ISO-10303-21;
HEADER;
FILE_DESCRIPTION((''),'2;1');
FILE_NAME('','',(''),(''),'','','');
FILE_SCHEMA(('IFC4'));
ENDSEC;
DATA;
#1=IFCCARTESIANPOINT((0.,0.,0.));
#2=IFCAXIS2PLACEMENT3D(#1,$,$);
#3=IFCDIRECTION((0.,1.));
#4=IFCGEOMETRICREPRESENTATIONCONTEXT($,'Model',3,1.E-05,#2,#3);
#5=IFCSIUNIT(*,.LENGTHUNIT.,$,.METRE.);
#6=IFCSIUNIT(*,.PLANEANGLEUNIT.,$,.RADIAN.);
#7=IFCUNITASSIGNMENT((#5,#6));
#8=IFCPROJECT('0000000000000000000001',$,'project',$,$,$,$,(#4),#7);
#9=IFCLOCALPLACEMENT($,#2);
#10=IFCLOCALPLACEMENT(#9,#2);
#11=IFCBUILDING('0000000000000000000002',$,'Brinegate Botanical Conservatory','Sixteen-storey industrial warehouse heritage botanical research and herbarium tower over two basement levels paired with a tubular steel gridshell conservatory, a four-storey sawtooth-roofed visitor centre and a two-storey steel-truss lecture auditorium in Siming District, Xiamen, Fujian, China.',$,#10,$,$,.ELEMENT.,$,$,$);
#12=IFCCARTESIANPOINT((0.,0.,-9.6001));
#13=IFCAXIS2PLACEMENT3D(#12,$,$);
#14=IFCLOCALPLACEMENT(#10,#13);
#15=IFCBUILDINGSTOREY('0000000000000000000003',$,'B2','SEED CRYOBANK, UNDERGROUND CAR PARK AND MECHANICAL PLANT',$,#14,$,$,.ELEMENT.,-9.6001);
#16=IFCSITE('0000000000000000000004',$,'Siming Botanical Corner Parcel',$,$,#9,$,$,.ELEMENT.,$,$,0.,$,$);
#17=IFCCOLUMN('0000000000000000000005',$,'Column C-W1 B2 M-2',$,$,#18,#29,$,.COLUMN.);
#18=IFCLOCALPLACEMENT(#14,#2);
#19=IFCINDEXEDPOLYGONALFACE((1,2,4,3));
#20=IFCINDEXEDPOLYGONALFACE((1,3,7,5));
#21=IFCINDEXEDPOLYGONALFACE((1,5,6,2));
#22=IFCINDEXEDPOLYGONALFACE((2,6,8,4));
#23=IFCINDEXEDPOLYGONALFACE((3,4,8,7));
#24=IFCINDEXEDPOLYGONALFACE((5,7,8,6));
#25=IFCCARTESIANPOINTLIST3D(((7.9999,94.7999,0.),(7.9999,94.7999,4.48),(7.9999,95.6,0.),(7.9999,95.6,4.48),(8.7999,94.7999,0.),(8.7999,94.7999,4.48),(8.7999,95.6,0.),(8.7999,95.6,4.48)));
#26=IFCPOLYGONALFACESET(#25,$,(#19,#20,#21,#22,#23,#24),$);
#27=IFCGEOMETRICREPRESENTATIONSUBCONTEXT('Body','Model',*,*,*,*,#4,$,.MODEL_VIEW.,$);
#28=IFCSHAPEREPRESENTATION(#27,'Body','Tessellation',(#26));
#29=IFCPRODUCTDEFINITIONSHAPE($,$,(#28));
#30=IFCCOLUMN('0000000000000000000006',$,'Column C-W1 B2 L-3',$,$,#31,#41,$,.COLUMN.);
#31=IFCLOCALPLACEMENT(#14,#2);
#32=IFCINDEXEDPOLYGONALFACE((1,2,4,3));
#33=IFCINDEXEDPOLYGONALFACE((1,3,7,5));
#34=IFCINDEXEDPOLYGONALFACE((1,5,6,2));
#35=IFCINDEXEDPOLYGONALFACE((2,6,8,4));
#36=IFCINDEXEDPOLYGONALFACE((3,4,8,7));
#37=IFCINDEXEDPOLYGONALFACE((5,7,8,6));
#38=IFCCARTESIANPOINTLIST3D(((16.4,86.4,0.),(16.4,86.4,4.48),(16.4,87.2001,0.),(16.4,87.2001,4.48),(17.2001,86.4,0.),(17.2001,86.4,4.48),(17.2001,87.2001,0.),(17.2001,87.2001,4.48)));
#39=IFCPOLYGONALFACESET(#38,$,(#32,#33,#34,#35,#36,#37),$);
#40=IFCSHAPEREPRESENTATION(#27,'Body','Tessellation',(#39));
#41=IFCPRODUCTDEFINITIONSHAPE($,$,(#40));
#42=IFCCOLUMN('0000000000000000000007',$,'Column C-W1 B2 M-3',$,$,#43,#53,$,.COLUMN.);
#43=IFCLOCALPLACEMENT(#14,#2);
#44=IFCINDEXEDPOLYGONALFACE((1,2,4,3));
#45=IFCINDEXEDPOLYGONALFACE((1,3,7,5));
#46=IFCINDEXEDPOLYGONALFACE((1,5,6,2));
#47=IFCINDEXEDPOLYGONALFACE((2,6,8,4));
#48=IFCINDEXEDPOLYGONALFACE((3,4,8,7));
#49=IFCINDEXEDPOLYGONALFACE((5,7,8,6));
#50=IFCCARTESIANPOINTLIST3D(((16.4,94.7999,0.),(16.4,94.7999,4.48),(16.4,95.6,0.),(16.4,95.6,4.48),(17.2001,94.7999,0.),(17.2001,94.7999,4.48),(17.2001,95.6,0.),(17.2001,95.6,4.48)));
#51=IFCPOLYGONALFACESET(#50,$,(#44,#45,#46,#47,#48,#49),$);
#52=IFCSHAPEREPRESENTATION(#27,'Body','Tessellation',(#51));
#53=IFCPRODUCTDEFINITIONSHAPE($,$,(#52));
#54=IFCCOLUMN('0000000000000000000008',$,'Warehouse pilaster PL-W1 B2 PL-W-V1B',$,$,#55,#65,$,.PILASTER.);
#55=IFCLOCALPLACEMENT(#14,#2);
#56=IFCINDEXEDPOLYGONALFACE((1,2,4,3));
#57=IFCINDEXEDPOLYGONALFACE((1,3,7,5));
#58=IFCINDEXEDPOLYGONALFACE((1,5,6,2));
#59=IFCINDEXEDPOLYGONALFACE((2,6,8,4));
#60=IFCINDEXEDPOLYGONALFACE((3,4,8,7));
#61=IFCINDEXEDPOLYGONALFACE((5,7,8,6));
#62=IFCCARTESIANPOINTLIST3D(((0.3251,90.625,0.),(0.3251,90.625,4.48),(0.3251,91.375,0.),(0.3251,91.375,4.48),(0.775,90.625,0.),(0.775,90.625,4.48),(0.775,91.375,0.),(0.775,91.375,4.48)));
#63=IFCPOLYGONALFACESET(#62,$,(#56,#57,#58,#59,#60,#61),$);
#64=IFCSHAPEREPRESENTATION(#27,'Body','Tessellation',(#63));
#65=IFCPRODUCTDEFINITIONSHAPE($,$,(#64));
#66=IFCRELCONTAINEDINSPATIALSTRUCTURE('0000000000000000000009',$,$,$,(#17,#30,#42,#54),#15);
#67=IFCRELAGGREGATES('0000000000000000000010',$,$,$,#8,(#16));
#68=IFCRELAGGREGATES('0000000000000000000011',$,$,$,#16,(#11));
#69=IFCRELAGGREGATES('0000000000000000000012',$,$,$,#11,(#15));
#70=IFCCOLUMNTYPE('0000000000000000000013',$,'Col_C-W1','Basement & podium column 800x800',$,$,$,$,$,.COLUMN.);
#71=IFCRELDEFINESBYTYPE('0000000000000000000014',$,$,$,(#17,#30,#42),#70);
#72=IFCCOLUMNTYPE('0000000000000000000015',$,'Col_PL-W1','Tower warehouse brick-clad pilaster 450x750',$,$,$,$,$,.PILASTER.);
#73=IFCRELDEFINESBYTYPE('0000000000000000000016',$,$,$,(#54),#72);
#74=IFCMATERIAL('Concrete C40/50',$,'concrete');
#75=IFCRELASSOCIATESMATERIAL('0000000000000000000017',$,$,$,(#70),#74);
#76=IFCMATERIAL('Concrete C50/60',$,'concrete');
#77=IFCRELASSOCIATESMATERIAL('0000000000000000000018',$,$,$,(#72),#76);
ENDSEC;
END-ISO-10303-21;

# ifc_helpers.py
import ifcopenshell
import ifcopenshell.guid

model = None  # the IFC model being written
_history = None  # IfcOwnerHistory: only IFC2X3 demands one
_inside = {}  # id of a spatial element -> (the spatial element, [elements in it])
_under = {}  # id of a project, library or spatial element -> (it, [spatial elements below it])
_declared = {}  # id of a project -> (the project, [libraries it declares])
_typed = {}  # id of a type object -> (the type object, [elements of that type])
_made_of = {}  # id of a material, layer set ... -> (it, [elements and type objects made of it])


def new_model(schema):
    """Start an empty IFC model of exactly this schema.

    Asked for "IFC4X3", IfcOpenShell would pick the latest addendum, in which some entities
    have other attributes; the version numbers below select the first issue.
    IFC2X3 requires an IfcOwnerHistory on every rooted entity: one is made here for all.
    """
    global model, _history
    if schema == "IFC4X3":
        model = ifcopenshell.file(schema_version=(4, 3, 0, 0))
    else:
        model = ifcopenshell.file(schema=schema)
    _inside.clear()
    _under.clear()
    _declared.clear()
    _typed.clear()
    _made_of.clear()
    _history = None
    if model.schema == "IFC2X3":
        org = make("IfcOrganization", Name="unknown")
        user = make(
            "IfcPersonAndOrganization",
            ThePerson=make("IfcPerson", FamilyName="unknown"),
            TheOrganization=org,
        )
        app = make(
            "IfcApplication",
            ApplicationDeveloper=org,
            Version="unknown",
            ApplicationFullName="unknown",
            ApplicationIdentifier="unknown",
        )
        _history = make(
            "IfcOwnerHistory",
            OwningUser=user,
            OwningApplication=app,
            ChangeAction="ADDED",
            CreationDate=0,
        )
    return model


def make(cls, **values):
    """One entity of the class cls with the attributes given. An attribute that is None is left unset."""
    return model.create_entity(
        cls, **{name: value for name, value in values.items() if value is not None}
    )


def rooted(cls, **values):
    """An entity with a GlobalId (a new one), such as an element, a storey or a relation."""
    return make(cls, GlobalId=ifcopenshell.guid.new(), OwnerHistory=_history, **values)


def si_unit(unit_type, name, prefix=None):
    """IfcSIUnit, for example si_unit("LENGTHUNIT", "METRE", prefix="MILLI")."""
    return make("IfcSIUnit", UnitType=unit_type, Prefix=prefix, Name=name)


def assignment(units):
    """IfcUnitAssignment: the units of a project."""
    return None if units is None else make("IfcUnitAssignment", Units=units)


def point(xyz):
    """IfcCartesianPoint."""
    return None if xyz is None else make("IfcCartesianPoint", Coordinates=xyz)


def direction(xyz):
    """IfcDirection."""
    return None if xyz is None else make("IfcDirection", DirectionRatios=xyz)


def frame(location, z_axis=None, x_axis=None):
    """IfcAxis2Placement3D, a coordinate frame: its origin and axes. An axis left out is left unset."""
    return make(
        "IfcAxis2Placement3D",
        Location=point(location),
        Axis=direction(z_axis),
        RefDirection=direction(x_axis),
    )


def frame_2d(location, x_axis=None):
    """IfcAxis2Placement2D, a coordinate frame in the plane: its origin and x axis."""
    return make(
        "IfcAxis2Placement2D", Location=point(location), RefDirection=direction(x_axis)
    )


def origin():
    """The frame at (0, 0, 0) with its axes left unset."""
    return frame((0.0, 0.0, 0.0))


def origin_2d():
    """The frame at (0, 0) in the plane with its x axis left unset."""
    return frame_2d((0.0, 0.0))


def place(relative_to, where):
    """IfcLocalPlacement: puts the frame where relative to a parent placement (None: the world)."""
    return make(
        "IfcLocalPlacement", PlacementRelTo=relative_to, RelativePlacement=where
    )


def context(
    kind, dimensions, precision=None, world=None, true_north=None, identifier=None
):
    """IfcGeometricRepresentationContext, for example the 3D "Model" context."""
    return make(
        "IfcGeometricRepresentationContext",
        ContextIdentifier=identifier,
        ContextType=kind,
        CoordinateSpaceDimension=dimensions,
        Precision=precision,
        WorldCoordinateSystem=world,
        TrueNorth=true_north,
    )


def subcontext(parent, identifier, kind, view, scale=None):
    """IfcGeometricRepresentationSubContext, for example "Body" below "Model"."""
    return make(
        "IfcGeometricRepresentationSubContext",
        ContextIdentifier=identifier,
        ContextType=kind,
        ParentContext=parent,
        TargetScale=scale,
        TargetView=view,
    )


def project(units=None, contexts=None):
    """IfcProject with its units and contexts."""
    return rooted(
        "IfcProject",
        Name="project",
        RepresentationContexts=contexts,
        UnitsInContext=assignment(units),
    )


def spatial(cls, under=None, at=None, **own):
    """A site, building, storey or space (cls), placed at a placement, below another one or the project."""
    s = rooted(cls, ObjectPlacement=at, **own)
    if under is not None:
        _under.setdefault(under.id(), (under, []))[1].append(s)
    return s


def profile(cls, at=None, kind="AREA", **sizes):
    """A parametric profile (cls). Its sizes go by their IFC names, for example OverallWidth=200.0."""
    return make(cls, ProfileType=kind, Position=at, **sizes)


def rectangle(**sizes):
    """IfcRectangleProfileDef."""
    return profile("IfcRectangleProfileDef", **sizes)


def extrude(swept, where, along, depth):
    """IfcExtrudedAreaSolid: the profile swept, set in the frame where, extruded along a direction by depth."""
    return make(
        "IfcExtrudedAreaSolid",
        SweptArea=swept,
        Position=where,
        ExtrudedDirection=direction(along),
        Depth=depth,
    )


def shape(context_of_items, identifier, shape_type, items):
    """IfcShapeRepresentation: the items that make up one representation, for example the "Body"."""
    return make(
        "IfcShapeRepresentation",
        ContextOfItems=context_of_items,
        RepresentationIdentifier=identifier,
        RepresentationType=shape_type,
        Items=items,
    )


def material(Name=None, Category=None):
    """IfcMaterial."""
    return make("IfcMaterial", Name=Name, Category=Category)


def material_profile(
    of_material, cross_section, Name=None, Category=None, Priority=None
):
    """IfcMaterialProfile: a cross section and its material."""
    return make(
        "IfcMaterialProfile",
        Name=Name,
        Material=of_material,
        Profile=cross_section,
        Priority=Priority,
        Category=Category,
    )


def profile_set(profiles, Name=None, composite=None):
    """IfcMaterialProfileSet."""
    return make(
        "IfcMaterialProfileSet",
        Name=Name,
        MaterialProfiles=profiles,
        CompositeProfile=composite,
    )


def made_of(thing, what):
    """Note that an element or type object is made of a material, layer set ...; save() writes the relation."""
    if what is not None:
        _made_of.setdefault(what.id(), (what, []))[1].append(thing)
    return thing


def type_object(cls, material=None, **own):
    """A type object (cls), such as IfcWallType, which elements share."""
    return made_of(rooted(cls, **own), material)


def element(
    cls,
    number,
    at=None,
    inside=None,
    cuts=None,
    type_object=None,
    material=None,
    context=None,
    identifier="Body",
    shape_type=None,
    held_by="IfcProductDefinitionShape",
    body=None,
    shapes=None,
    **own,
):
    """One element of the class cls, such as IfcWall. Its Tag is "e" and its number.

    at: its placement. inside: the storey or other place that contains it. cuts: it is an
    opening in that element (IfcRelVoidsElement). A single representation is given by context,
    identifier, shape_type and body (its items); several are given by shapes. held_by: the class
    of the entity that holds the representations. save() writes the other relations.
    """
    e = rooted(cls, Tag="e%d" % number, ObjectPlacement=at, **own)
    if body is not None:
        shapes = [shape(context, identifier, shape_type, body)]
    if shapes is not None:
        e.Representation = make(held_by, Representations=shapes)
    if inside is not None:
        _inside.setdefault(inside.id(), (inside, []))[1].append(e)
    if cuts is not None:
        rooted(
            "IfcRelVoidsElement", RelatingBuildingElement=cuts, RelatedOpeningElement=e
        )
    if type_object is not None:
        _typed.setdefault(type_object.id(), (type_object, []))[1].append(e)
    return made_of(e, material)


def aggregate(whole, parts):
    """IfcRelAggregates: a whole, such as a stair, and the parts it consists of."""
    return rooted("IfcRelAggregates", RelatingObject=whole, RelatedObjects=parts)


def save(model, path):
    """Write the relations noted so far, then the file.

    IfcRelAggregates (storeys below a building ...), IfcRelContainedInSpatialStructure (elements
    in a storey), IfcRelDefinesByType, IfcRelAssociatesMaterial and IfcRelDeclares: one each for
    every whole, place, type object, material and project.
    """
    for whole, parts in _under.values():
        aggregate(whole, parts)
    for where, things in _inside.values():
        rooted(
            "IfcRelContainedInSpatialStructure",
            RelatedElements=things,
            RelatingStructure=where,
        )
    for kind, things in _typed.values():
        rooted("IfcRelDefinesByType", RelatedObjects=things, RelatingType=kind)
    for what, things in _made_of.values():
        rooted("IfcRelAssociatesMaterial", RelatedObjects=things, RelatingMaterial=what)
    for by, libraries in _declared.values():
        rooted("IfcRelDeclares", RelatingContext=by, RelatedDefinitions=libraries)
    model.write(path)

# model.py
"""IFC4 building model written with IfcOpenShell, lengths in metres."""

from ifc_helpers import new_model, si_unit, direction, frame, origin, origin_2d, place, context, subcontext, project, spatial, rectangle, extrude, material, material_profile, profile_set, type_object, element, save


model = new_model("IFC4")

# Units and contexts
model_context = context("Model", 3, precision=1e-05, world=origin(), true_north=direction((0.0, 1.0)))
body_context = subcontext(model_context, "Body", "Model", "MODEL_VIEW")
ifc_project = project(units=[si_unit("LENGTHUNIT", "METRE"), si_unit("PLANEANGLEUNIT", "RADIAN")], contexts=[model_context])

# Site, building, storey
site_placement = place(None, origin())
site = spatial("IfcSite", under=ifc_project, at=site_placement, Name="Siming Botanical Corner Parcel", CompositionType="ELEMENT", RefElevation=0.0)
building_placement = place(site_placement, origin())
building = spatial("IfcBuilding", under=site, at=building_placement, Name="Brinegate Botanical Conservatory", Description="Sixteen-storey industrial warehouse heritage botanical research and herbarium tower over two basement levels paired with a tubular steel gridshell conservatory, a four-storey sawtooth-roofed visitor centre and a two-storey steel-truss lecture auditorium in Siming District, Xiamen, Fujian, China.", CompositionType="ELEMENT")
storey_placement = place(building_placement, frame((0.0, 0.0, -9.6001)))
storey = spatial("IfcBuildingStorey", under=building, at=storey_placement, Name="B2", Description="SEED CRYOBANK, UNDERGROUND CAR PARK AND MECHANICAL PLANT", CompositionType="ELEMENT", Elevation=-9.6001)

# Shared definitions
ifc_material_1 = material(Name="Concrete C40/50", Category="concrete")

# Columns
ifc_material_profile_1 = material_profile(ifc_material_1, rectangle(XDim=0.8, YDim=0.8, at=origin_2d()), Name="RC COL 800x800")
ifc_profile_set_1 = profile_set([ifc_material_profile_1], Name="Concrete C40/50")
column_type_1 = type_object("IfcColumnType", Name="Col_C-W1", Description="Basement & podium column 800x800", PredefinedType="COLUMN", material=ifc_profile_set_1)
for number, where, z_axis, x_axis, name in (
    (1, (8.3999, 95.2, 0.0), (0.0, 0.0, 1.0), (1.0, 0.0, 0.0), "Column C-W1 B2 M-2"),
    (2, (16.8, 86.8, 0.0), (0.0, 0.0, 1.0), (1.0, 0.0, 0.0), "Column C-W1 B2 L-3"),
    (3, (16.8, 95.2, 0.0), (0.0, 0.0, 1.0), (1.0, 0.0, 0.0), "Column C-W1 B2 M-3"),
):
    element("IfcColumn", number, at=place(storey_placement, frame(where, z_axis=z_axis, x_axis=x_axis)), inside=storey, type_object=column_type_1, Name=name, PredefinedType="COLUMN", context=body_context, shape_type="SweptSolid", body=[
        extrude(rectangle(XDim=0.8, YDim=0.8, at=origin_2d()), origin(), (0.0, 0.0, 1.0), 4.48),
    ])
ifc_material_2 = material(Name="Concrete C50/60", Category="concrete")
ifc_material_profile_2 = material_profile(ifc_material_2, rectangle(XDim=0.45, YDim=0.75, at=origin_2d()), Name="RC PILASTER 450x750")
ifc_profile_set_2 = profile_set([ifc_material_profile_2], Name="Concrete C50/60")
column_type_2 = type_object("IfcColumnType", Name="Col_PL-W1", Description="Tower warehouse brick-clad pilaster 450x750", PredefinedType="PILASTER", material=ifc_profile_set_2)
column_placement = place(storey_placement, frame((0.55, 91.0, 0.0), z_axis=(0.0, 0.0, 1.0), x_axis=(1.0, 0.0, 0.0)))
element("IfcColumn", 4, at=column_placement, inside=storey, type_object=column_type_2, Name="Warehouse pilaster PL-W1 B2 PL-W-V1B", PredefinedType="PILASTER", context=body_context, shape_type="SweptSolid", body=[
    extrude(rectangle(XDim=0.45, YDim=0.75, at=origin_2d()), origin(), (0.0, 0.0, 1.0), 4.48),
])

save(model, "model.ifc")
